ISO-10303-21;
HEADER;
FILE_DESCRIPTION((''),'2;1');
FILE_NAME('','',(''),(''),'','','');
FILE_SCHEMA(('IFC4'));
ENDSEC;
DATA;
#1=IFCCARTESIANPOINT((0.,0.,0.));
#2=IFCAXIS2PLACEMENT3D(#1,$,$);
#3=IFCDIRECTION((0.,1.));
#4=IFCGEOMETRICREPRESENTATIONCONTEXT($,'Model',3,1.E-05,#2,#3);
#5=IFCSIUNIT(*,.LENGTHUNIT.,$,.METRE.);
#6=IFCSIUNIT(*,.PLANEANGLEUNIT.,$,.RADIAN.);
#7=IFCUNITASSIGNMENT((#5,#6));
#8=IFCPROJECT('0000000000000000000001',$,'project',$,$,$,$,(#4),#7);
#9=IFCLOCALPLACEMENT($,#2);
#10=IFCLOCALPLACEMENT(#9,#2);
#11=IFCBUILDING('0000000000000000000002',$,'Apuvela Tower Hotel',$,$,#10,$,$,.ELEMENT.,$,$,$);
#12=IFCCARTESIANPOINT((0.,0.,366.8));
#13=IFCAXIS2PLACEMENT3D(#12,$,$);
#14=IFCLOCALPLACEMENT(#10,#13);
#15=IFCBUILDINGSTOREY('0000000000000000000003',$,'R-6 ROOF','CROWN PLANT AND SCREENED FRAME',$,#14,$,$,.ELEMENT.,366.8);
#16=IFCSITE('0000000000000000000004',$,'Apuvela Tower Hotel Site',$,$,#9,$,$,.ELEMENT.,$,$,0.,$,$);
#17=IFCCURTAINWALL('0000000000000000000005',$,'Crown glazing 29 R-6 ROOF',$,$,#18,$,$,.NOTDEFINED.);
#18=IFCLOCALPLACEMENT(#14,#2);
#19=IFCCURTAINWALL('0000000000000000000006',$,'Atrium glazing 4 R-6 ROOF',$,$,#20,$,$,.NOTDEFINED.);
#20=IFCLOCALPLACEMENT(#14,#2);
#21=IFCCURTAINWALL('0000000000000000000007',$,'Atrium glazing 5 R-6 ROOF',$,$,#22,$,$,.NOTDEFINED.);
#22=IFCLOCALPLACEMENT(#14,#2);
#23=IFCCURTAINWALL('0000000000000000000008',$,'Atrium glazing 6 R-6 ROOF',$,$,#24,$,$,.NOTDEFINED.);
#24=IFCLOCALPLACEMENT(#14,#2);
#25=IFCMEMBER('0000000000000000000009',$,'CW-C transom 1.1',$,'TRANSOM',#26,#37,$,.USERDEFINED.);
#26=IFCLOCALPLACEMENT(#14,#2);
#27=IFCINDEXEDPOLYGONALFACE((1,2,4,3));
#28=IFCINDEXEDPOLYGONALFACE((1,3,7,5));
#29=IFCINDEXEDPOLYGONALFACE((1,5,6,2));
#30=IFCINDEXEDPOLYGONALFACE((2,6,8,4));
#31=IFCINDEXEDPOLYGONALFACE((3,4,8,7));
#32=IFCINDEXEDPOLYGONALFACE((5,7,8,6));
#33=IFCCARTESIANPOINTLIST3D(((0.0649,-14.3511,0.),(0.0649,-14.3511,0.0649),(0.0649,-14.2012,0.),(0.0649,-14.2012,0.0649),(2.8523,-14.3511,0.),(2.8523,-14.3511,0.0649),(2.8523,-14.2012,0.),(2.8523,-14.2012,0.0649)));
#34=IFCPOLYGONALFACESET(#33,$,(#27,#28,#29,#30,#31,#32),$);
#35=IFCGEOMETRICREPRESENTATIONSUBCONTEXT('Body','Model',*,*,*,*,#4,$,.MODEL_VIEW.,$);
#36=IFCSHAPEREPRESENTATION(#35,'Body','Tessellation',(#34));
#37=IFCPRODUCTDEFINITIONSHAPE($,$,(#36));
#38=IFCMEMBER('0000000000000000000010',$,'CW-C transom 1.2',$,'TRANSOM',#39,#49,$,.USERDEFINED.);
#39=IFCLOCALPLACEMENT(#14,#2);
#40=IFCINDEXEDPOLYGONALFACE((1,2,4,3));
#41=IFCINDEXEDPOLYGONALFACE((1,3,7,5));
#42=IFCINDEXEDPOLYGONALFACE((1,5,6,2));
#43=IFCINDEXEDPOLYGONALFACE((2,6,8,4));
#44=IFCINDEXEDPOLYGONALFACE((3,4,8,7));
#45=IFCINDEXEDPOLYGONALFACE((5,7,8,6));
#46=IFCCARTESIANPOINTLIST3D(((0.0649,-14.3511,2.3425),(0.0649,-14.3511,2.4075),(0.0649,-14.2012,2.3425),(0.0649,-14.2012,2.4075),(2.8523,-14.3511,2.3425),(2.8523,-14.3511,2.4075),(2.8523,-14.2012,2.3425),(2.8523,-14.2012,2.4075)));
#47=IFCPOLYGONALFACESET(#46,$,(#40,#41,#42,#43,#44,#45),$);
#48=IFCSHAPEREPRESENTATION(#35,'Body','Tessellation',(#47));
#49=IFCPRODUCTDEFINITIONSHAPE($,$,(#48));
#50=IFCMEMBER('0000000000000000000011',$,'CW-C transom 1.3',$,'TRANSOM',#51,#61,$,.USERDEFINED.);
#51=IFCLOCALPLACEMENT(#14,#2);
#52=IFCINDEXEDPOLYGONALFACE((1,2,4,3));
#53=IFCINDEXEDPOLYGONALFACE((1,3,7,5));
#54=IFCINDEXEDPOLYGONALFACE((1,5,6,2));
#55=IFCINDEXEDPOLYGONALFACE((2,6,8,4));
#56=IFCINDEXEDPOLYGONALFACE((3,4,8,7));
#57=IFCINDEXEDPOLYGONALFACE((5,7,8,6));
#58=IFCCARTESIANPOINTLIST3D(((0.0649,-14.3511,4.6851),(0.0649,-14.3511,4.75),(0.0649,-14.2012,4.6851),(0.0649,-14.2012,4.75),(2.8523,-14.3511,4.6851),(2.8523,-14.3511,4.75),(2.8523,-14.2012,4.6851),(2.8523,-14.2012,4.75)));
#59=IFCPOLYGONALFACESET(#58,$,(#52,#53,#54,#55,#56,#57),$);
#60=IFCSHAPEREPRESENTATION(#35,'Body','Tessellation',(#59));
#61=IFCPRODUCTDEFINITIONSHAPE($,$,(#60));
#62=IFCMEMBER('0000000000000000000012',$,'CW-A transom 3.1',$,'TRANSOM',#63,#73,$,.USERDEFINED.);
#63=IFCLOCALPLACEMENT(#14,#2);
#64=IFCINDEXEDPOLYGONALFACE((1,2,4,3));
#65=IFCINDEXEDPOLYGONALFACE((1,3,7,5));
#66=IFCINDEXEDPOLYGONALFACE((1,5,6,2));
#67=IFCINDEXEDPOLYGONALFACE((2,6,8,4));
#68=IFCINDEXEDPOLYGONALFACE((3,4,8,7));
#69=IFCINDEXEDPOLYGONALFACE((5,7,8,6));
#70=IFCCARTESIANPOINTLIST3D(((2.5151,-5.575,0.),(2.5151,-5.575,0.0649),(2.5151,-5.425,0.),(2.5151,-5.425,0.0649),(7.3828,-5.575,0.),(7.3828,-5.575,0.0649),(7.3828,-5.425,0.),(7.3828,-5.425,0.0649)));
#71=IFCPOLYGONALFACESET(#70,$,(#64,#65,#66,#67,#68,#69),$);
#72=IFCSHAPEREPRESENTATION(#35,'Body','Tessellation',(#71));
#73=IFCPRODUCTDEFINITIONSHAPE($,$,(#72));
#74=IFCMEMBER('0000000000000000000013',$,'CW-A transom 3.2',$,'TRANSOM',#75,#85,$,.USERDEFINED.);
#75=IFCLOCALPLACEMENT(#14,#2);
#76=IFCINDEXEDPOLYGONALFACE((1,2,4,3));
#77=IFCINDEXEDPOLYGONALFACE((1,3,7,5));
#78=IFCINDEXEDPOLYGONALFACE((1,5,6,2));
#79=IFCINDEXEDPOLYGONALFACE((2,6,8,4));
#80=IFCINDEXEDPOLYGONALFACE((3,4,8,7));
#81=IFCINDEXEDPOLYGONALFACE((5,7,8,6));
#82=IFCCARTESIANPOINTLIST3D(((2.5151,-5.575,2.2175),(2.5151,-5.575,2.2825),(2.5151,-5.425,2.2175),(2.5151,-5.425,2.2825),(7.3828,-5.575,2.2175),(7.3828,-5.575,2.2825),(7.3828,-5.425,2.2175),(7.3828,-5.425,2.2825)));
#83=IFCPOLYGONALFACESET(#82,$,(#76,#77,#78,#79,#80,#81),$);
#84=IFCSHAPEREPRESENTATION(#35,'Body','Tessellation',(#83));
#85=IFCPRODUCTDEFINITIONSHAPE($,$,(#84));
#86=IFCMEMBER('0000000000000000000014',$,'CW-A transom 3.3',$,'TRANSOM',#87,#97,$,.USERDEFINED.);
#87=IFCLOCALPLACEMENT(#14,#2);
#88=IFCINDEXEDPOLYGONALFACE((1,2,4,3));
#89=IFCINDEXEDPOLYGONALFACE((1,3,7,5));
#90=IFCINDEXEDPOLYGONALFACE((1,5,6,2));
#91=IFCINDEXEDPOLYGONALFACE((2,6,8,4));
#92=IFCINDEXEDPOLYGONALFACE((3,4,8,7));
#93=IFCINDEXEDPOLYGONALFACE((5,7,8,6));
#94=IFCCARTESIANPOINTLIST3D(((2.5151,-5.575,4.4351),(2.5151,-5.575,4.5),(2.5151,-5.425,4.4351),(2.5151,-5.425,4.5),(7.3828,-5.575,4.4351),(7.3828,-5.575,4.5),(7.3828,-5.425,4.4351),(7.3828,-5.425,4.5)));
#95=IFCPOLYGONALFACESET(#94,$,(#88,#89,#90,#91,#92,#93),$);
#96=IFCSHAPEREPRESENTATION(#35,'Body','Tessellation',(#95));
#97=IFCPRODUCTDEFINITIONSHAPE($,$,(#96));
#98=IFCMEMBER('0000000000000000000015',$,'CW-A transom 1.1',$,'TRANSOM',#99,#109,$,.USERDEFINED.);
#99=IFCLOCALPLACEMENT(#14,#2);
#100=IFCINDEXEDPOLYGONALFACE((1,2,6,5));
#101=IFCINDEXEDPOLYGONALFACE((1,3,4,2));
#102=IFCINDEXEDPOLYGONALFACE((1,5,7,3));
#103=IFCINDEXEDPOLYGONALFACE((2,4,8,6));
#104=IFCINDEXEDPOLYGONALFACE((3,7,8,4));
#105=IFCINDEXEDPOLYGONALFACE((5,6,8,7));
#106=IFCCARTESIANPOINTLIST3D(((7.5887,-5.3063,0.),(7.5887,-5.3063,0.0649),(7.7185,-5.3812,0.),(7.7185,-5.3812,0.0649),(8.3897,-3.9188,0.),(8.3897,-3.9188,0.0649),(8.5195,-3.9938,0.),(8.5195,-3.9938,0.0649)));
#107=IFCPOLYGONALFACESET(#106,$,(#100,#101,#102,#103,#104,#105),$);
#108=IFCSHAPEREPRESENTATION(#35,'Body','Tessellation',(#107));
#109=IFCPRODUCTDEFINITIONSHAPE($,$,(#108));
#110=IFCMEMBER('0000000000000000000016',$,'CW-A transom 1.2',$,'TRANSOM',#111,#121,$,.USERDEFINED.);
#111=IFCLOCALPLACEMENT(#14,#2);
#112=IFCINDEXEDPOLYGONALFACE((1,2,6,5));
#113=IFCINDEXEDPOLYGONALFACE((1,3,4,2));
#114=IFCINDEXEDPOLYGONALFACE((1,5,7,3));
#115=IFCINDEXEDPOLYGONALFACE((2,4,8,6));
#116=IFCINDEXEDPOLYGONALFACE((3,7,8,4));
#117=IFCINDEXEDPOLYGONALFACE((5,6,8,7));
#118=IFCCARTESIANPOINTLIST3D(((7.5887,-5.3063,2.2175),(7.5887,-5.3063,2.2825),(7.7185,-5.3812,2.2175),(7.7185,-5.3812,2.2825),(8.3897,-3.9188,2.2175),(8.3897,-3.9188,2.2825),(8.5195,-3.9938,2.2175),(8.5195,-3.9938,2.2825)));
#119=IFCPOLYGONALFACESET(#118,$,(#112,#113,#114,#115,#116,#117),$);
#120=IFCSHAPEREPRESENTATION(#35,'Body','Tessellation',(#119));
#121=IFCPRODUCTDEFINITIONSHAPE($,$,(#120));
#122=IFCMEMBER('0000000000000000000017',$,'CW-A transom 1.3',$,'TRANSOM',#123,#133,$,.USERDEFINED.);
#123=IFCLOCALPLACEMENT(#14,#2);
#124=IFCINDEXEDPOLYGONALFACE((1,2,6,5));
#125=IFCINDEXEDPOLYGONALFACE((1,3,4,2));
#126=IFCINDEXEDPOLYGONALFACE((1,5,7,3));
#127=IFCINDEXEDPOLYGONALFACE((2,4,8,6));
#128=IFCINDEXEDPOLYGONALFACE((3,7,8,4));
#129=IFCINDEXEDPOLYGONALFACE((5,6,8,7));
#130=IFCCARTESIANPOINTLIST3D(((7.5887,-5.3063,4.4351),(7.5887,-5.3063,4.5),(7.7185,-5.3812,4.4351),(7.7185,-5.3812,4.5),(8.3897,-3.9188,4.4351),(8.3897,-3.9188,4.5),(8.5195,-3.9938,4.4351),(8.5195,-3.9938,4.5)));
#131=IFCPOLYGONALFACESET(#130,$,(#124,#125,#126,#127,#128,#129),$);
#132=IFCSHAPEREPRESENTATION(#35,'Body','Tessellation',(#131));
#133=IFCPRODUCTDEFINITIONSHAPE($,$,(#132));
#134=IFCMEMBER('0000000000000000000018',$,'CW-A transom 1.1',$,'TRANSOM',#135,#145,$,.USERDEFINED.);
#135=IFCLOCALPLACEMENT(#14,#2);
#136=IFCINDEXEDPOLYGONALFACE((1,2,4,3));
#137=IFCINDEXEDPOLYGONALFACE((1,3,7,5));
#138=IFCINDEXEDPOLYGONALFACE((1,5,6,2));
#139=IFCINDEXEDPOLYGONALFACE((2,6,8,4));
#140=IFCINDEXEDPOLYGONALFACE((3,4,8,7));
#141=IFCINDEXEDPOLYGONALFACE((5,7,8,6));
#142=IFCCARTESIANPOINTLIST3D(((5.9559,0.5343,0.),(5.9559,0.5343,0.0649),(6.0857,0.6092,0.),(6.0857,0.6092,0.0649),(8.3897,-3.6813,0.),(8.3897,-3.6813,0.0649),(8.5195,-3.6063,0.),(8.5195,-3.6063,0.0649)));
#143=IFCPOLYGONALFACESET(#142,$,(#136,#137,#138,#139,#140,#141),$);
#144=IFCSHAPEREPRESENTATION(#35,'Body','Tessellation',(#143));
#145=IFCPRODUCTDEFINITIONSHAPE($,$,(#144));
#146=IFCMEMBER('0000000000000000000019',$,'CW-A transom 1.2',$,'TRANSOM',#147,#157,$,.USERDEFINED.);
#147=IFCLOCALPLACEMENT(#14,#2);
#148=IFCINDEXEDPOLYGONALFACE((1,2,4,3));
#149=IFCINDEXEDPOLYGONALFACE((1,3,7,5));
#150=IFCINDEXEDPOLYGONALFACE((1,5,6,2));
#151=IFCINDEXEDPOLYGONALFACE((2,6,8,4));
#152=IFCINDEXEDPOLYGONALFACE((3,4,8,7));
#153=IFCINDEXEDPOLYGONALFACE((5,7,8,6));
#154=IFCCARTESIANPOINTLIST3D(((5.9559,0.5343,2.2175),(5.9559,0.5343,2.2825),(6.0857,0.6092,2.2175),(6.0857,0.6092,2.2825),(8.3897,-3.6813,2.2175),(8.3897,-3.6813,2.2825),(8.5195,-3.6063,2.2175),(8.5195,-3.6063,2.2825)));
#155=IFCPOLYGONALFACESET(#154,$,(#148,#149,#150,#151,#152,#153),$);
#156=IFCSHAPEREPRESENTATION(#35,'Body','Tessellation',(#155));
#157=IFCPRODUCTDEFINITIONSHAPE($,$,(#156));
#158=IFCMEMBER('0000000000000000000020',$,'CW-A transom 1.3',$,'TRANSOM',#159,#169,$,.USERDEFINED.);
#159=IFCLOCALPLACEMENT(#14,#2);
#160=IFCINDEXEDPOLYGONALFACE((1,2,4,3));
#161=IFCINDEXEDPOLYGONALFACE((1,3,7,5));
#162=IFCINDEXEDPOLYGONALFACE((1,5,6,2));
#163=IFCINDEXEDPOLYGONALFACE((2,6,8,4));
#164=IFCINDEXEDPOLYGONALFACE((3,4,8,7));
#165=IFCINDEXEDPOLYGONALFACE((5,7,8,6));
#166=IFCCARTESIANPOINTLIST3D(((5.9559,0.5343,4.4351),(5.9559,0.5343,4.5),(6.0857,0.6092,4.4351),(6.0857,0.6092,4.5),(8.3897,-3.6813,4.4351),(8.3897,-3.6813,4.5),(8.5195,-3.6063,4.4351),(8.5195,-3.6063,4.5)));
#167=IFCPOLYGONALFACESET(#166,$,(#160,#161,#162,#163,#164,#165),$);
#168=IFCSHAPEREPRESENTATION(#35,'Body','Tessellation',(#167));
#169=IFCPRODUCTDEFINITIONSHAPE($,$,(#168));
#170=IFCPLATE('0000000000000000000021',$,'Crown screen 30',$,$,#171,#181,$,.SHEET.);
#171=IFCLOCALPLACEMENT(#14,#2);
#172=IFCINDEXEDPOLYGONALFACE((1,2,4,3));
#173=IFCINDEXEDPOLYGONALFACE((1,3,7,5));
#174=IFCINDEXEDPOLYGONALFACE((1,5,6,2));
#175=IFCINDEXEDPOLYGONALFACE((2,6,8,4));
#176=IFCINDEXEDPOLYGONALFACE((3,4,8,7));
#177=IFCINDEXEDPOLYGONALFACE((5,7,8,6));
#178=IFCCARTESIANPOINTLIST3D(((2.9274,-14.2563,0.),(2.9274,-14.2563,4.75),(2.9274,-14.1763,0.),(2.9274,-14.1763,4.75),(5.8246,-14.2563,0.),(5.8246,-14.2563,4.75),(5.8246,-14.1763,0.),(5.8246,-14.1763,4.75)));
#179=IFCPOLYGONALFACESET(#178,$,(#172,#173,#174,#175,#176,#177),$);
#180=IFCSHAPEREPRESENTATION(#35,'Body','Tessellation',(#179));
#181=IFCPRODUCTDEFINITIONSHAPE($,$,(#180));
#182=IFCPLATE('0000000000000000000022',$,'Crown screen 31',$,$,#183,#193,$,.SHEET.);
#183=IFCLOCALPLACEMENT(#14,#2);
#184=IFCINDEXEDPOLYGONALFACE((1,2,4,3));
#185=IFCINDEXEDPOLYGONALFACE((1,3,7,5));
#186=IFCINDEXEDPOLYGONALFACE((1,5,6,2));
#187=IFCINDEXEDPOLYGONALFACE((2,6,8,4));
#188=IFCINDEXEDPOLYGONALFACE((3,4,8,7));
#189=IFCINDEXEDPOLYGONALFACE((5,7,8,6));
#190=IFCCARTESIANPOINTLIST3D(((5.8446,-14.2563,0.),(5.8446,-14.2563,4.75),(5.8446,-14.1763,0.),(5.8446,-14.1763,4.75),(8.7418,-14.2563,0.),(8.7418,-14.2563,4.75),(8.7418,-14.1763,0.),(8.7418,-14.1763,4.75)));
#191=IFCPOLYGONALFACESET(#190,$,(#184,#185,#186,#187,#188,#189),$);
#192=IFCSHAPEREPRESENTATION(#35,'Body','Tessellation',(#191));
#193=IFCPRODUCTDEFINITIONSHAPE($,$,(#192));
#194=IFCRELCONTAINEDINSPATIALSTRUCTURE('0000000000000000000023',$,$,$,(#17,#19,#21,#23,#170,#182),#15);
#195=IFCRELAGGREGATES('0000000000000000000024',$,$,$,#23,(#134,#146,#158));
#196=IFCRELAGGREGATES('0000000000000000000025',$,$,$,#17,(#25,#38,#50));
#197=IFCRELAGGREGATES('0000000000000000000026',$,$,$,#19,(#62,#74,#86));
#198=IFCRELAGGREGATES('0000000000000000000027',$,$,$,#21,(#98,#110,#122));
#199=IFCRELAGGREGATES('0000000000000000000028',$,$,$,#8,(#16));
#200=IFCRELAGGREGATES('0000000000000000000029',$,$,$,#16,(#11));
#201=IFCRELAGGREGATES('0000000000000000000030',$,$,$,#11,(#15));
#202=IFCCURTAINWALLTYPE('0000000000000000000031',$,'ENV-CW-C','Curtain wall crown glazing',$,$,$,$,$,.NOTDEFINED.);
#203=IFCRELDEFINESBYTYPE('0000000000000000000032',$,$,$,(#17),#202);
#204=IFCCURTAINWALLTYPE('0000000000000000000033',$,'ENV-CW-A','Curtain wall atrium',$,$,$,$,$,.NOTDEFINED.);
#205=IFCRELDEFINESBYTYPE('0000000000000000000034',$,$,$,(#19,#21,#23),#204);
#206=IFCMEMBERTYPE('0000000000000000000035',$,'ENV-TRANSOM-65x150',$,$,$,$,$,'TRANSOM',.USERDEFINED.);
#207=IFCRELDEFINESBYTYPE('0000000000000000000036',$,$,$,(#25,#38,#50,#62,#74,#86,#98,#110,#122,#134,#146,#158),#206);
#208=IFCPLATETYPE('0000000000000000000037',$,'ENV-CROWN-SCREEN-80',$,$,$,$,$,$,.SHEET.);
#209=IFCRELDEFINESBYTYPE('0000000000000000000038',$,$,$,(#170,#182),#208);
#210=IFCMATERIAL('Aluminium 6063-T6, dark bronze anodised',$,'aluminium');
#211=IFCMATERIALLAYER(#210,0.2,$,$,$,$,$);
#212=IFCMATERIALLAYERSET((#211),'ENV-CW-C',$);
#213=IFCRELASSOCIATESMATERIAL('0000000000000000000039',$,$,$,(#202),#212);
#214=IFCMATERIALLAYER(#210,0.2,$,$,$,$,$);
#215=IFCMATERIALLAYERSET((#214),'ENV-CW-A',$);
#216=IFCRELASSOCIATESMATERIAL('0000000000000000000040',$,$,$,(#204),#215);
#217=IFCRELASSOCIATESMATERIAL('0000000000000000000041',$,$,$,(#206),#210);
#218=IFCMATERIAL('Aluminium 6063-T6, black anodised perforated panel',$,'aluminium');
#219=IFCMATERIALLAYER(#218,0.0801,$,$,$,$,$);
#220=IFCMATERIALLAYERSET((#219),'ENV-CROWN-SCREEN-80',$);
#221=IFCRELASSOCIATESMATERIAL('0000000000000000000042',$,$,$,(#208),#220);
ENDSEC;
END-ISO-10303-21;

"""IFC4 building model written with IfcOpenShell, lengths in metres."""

from ifc_helpers import new_model, si_unit, direction, frame, origin, origin_2d, place, context, subcontext, project, spatial, rectangle, extrude, material, layer, layer_set, material_profile, profile_set, type_object, element, aggregate, save


model = new_model("IFC4")

# Units and contexts
model_context = context("Model", 3, precision=1e-05, world=origin(), true_north=direction((0.0, 1.0)))
body_context = subcontext(model_context, "Body", "Model", "MODEL_VIEW")
ifc_project = project(units=[si_unit("LENGTHUNIT", "METRE"), si_unit("PLANEANGLEUNIT", "RADIAN")], contexts=[model_context])

# Site, building, storey
site_placement = place(None, origin())
site = spatial("IfcSite", under=ifc_project, at=site_placement, Name="Apuvela Tower Hotel Site", CompositionType="ELEMENT", RefElevation=0.0)
building_placement = place(site_placement, origin())
building = spatial("IfcBuilding", under=site, at=building_placement, Name="Apuvela Tower Hotel", CompositionType="ELEMENT")
storey_placement = place(building_placement, frame((0.0, 0.0, 366.8)))
storey = spatial("IfcBuildingStorey", under=building, at=storey_placement, Name="R-6 ROOF", Description="CROWN PLANT AND SCREENED FRAME", CompositionType="ELEMENT", Elevation=366.8)

# Curtain walls
ifc_material_1 = material(Name="Aluminium 6063-T6, dark bronze anodised", Category="aluminium")
ifc_layer_1 = layer(ifc_material_1, 0.2)
ifc_layer_set_1 = layer_set([ifc_layer_1], Name="ENV-CW-C")
curtain_wall_type_1 = type_object("IfcCurtainWallType", Name="ENV-CW-C", Description="Curtain wall crown glazing", PredefinedType="NOTDEFINED", material=ifc_layer_set_1)
curtain_wall_1_placement = place(storey_placement, origin())
curtain_wall_1 = element("IfcCurtainWall", 1, at=curtain_wall_1_placement, inside=storey, type_object=curtain_wall_type_1, Name="Crown glazing 29 R-6 ROOF", PredefinedType="NOTDEFINED")
ifc_layer_2 = layer(ifc_material_1, 0.2)
ifc_layer_set_2 = layer_set([ifc_layer_2], Name="ENV-CW-A")
curtain_wall_type_2 = type_object("IfcCurtainWallType", Name="ENV-CW-A", Description="Curtain wall atrium", PredefinedType="NOTDEFINED", material=ifc_layer_set_2)
curtain_wall_2_placement = place(storey_placement, origin())
curtain_wall_2 = element("IfcCurtainWall", 2, at=curtain_wall_2_placement, inside=storey, type_object=curtain_wall_type_2, Name="Atrium glazing 4 R-6 ROOF", PredefinedType="NOTDEFINED")
curtain_wall_3_placement = place(storey_placement, origin())
curtain_wall_3 = element("IfcCurtainWall", 3, at=curtain_wall_3_placement, inside=storey, type_object=curtain_wall_type_2, Name="Atrium glazing 5 R-6 ROOF", PredefinedType="NOTDEFINED")

# Curtain wall
curtain_wall_4_placement = place(storey_placement, origin())
curtain_wall_4 = element("IfcCurtainWall", 4, at=curtain_wall_4_placement, inside=storey, type_object=curtain_wall_type_2, Name="Atrium glazing 6 R-6 ROOF", PredefinedType="NOTDEFINED")

# Members
ifc_material_profile_1 = material_profile(ifc_material_1, rectangle(XDim=0.1499, YDim=0.0649, at=origin_2d()), Name="AL 65x150 transom")
ifc_profile_set_1 = profile_set([ifc_material_profile_1], Name="Aluminium 6063-T6, dark bronze anodised")
member_type_1 = type_object("IfcMemberType", Name="ENV-TRANSOM-65x150", ElementType="TRANSOM", PredefinedType="USERDEFINED", material=ifc_profile_set_1)
member_1_placement = place(storey_placement, frame((0.0649, -14.2761, 0.0325), z_axis=(1.0, 0.0, 0.0), x_axis=(0.0, 1.0, 0.0)))
member_1 = element("IfcMember", 5, at=member_1_placement, type_object=member_type_1, Name="CW-C transom 1.1", ObjectType="TRANSOM", PredefinedType="USERDEFINED", context=body_context, shape_type="SweptSolid", body=[
    extrude(rectangle(XDim=0.1499, YDim=0.0649, at=origin_2d()), origin(), (0.0, 0.0, 1.0), 2.7874),
])
member_2_placement = place(storey_placement, frame((0.0649, -14.2761, 2.375), z_axis=(1.0, 0.0, 0.0), x_axis=(0.0, 1.0, 0.0)))
member_2 = element("IfcMember", 6, at=member_2_placement, type_object=member_type_1, Name="CW-C transom 1.2", ObjectType="TRANSOM", PredefinedType="USERDEFINED", context=body_context, shape_type="SweptSolid", body=[
    extrude(rectangle(XDim=0.1499, YDim=0.0649, at=origin_2d()), origin(), (0.0, 0.0, 1.0), 2.7874),
])
member_3_placement = place(storey_placement, frame((0.0649, -14.2761, 4.7175), z_axis=(1.0, 0.0, 0.0), x_axis=(0.0, 1.0, 0.0)))
member_3 = element("IfcMember", 7, at=member_3_placement, type_object=member_type_1, Name="CW-C transom 1.3", ObjectType="TRANSOM", PredefinedType="USERDEFINED", context=body_context, shape_type="SweptSolid", body=[
    extrude(rectangle(XDim=0.1499, YDim=0.0649, at=origin_2d()), origin(), (0.0, 0.0, 1.0), 2.7874),
])
member_4_placement = place(storey_placement, frame((2.5151, -5.5, 0.0325), z_axis=(1.0, 0.0, 0.0), x_axis=(0.0, 1.0, 0.0)))
member_4 = element("IfcMember", 8, at=member_4_placement, type_object=member_type_1, Name="CW-A transom 3.1", ObjectType="TRANSOM", PredefinedType="USERDEFINED", context=body_context, shape_type="SweptSolid", body=[
    extrude(rectangle(XDim=0.1499, YDim=0.0649, at=origin_2d()), origin(), (0.0, 0.0, 1.0), 4.8677),
])
member_5_placement = place(storey_placement, frame((2.5151, -5.5, 2.25), z_axis=(1.0, 0.0, 0.0), x_axis=(0.0, 1.0, 0.0)))
member_5 = element("IfcMember", 9, at=member_5_placement, type_object=member_type_1, Name="CW-A transom 3.2", ObjectType="TRANSOM", PredefinedType="USERDEFINED", context=body_context, shape_type="SweptSolid", body=[
    extrude(rectangle(XDim=0.1499, YDim=0.0649, at=origin_2d()), origin(), (0.0, 0.0, 1.0), 4.8677),
])
member_6_placement = place(storey_placement, frame((2.5151, -5.5, 4.4675), z_axis=(1.0, 0.0, 0.0), x_axis=(0.0, 1.0, 0.0)))
member_6 = element("IfcMember", 10, at=member_6_placement, type_object=member_type_1, Name="CW-A transom 3.3", ObjectType="TRANSOM", PredefinedType="USERDEFINED", context=body_context, shape_type="SweptSolid", body=[
    extrude(rectangle(XDim=0.1499, YDim=0.0649, at=origin_2d()), origin(), (0.0, 0.0, 1.0), 4.8677),
])
member_7_placement = place(storey_placement, frame((7.6536, -5.3438, 0.0325), z_axis=(0.499991, 0.866031, 0.0), x_axis=(-0.866031, 0.499991, 0.0)))
member_7 = element("IfcMember", 11, at=member_7_placement, type_object=member_type_1, Name="CW-A transom 1.1", ObjectType="TRANSOM", PredefinedType="USERDEFINED", context=body_context, shape_type="SweptSolid", body=[
    extrude(rectangle(XDim=0.1499, YDim=0.0649, at=origin_2d()), origin(), (0.0, 0.0, 1.0), 1.6021),
])
member_8_placement = place(storey_placement, frame((7.6536, -5.3438, 2.25), z_axis=(0.499991, 0.866031, 0.0), x_axis=(-0.866031, 0.499991, 0.0)))
member_8 = element("IfcMember", 12, at=member_8_placement, type_object=member_type_1, Name="CW-A transom 1.2", ObjectType="TRANSOM", PredefinedType="USERDEFINED", context=body_context, shape_type="SweptSolid", body=[
    extrude(rectangle(XDim=0.1499, YDim=0.0649, at=origin_2d()), origin(), (0.0, 0.0, 1.0), 1.6021),
])
member_9_placement = place(storey_placement, frame((7.6536, -5.3438, 4.4675), z_axis=(0.499991, 0.866031, 0.0), x_axis=(-0.866031, 0.499991, 0.0)))
member_9 = element("IfcMember", 13, at=member_9_placement, type_object=member_type_1, Name="CW-A transom 1.3", ObjectType="TRANSOM", PredefinedType="USERDEFINED", context=body_context, shape_type="SweptSolid", body=[
    extrude(rectangle(XDim=0.1499, YDim=0.0649, at=origin_2d()), origin(), (0.0, 0.0, 1.0), 1.6021),
])
member_10_placement = place(storey_placement, frame((8.4546, -3.6438, 0.0325), z_axis=(-0.499996, 0.866028, 0.0), x_axis=(-0.866028, -0.499996, 0.0)))
member_10 = element("IfcMember", 14, at=member_10_placement, type_object=member_type_1, Name="CW-A transom 1.1", ObjectType="TRANSOM", PredefinedType="USERDEFINED", context=body_context, shape_type="SweptSolid", body=[
    extrude(rectangle(XDim=0.1499, YDim=0.0649, at=origin_2d()), origin(), (0.0, 0.0, 1.0), 4.8677),
])
member_11_placement = place(storey_placement, frame((8.4546, -3.6438, 2.25), z_axis=(-0.499996, 0.866028, 0.0), x_axis=(-0.866028, -0.499996, 0.0)))
member_11 = element("IfcMember", 15, at=member_11_placement, type_object=member_type_1, Name="CW-A transom 1.2", ObjectType="TRANSOM", PredefinedType="USERDEFINED", context=body_context, shape_type="SweptSolid", body=[
    extrude(rectangle(XDim=0.1499, YDim=0.0649, at=origin_2d()), origin(), (0.0, 0.0, 1.0), 4.8677),
])
member_12_placement = place(storey_placement, frame((8.4546, -3.6438, 4.4675), z_axis=(-0.499996, 0.866028, 0.0), x_axis=(-0.866028, -0.499996, 0.0)))
member_12 = element("IfcMember", 16, at=member_12_placement, type_object=member_type_1, Name="CW-A transom 1.3", ObjectType="TRANSOM", PredefinedType="USERDEFINED", context=body_context, shape_type="SweptSolid", body=[
    extrude(rectangle(XDim=0.1499, YDim=0.0649, at=origin_2d()), origin(), (0.0, 0.0, 1.0), 4.8677),
])
aggregate(curtain_wall_4, [member_10, member_11, member_12])

# Plates
ifc_material_2 = material(Name="Aluminium 6063-T6, black anodised perforated panel", Category="aluminium")
ifc_layer_3 = layer(ifc_material_2, 0.0801)
ifc_layer_set_3 = layer_set([ifc_layer_3], Name="ENV-CROWN-SCREEN-80")
plate_type_1 = type_object("IfcPlateType", Name="ENV-CROWN-SCREEN-80", PredefinedType="SHEET", material=ifc_layer_set_3)
for number, where, z_axis, x_axis, name in (
    (17, (4.376, -14.2163, 0.0), (0.0, 0.0, 1.0), (1.0, 0.0, 0.0), "Crown screen 30"),
    (18, (7.2932, -14.2163, 0.0), (0.0, 0.0, 1.0), (1.0, 0.0, 0.0), "Crown screen 31"),
):
    element("IfcPlate", number, at=place(storey_placement, frame(where, z_axis=z_axis, x_axis=x_axis)), inside=storey, type_object=plate_type_1, Name=name, PredefinedType="SHEET", context=body_context, shape_type="SweptSolid", body=[
        extrude(rectangle(XDim=2.8972, YDim=0.0801, at=origin_2d()), origin(), (0.0, 0.0, 1.0), 4.75),
    ])

aggregate(curtain_wall_1, [member_1, member_2, member_3])
aggregate(curtain_wall_2, [member_4, member_5, member_6])
aggregate(curtain_wall_3, [member_7, member_8, member_9])

save(model, "model.ifc")
